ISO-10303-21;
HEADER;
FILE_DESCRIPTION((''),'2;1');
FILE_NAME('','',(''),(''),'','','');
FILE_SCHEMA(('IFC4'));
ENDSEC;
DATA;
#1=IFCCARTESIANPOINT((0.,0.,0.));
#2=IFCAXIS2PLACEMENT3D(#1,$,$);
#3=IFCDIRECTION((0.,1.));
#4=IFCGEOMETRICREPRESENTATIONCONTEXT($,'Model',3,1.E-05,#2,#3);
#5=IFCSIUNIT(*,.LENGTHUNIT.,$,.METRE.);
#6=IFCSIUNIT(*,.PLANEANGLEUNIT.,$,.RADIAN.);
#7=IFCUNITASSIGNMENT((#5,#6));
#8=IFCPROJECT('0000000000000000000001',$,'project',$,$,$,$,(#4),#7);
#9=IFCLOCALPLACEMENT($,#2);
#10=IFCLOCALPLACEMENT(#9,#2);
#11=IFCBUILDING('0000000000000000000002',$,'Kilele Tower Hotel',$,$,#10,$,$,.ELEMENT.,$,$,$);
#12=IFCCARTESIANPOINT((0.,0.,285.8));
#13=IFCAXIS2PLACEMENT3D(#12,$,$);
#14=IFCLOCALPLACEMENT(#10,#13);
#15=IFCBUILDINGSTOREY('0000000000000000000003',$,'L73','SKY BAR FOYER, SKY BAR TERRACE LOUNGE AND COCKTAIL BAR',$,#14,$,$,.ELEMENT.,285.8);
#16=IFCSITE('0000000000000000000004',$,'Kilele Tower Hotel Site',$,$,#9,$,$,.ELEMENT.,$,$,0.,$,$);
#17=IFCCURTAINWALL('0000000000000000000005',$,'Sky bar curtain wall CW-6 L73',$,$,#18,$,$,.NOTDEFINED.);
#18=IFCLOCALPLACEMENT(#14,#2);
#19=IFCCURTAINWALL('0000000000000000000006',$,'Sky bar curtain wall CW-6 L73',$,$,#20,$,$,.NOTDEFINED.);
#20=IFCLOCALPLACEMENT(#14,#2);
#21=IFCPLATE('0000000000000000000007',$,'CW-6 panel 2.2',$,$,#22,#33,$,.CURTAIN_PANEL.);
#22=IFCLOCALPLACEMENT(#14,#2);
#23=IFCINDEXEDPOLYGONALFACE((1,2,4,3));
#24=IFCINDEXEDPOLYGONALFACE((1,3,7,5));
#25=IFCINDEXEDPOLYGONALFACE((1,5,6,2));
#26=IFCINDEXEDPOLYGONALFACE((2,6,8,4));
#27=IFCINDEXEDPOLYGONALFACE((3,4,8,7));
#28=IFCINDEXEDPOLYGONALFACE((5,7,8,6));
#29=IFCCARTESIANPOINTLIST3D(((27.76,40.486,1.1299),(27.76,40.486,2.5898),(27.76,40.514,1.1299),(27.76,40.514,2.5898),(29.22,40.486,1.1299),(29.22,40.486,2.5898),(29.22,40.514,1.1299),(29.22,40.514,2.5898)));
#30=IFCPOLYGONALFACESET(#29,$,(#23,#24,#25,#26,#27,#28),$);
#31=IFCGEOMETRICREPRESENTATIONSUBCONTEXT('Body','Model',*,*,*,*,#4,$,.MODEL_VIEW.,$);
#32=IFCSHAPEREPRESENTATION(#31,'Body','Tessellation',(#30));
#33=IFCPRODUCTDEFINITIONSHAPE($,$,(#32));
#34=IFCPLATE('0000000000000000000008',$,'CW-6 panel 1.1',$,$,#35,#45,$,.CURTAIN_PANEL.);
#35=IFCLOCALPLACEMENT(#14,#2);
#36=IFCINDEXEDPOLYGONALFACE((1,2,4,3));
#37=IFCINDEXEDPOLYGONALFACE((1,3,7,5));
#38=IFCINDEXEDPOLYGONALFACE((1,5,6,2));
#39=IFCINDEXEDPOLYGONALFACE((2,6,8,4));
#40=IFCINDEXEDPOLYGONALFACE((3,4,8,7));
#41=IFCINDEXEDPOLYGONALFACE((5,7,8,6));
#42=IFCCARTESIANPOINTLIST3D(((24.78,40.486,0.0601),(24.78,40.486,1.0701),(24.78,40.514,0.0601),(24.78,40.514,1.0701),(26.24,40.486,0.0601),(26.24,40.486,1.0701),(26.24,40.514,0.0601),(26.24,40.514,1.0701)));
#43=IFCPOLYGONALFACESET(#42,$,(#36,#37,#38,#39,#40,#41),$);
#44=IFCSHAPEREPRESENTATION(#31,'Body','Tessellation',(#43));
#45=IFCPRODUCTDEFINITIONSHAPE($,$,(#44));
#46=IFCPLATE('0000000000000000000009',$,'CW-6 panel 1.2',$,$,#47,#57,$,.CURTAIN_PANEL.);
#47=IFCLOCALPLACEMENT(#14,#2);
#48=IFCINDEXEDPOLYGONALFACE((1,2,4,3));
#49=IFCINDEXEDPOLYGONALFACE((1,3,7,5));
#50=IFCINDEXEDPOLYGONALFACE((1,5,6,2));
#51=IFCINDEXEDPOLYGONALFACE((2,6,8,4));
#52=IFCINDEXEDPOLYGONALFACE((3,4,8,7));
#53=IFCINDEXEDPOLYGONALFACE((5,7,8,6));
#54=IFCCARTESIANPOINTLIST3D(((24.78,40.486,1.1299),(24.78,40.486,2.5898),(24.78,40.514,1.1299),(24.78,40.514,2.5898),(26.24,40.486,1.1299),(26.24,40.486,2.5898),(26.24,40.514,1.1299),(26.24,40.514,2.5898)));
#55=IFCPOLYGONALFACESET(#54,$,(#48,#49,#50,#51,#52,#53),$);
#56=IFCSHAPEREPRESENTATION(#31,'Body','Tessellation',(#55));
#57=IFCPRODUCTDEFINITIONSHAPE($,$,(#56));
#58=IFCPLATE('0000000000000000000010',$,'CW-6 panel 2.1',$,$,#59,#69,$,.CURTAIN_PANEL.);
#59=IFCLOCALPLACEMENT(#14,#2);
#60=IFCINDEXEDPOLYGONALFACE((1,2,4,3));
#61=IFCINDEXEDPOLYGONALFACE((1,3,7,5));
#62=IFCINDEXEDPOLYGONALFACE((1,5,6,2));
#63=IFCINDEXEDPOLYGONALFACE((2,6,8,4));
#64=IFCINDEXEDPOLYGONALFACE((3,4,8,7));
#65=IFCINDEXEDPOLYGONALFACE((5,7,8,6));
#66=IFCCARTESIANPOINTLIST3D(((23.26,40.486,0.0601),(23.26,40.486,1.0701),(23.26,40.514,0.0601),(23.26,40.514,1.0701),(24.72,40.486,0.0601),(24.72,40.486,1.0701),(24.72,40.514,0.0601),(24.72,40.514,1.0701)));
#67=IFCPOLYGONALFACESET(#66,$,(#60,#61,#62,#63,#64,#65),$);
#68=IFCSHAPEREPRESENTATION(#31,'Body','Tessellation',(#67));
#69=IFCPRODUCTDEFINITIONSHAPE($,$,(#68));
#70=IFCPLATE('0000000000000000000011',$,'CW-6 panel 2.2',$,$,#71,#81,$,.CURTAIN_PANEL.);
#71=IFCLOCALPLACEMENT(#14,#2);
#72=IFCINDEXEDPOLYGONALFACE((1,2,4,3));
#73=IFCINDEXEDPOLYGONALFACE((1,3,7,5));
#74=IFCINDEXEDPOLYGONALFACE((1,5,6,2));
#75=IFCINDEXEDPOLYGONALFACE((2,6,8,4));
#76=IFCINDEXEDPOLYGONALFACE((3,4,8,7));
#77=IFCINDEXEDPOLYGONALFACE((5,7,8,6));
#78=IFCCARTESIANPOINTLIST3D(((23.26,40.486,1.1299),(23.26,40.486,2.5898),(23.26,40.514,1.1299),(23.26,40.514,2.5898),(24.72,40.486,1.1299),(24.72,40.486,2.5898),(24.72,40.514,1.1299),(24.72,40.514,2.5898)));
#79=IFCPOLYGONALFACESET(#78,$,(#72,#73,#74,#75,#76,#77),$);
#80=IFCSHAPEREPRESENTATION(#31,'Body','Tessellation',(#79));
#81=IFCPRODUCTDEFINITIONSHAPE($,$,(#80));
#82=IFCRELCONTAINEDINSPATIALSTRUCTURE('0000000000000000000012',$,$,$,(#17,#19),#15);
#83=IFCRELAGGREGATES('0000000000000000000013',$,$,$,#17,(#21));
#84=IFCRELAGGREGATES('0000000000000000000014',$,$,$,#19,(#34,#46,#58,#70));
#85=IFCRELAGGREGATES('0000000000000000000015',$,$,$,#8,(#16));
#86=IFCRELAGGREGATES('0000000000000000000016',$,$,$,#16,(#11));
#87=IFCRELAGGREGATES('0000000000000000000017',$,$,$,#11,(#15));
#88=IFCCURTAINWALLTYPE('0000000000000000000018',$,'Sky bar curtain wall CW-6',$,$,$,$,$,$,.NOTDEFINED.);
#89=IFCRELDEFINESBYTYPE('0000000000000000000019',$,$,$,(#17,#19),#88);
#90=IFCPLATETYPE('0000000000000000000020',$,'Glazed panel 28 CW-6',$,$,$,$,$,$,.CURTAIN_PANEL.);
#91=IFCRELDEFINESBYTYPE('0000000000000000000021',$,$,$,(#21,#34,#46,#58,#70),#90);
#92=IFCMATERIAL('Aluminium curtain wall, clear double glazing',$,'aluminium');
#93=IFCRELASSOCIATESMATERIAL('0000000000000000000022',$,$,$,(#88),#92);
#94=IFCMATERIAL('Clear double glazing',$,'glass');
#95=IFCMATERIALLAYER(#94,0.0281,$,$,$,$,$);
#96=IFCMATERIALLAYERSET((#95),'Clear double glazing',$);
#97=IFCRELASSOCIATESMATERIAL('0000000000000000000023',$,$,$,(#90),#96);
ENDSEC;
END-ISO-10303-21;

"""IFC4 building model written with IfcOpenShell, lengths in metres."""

from ifc_helpers import new_model, si_unit, direction, frame, origin, origin_2d, place, context, subcontext, project, spatial, rectangle, extrude, material, layer, layer_set, type_object, element, aggregate, save


model = new_model("IFC4")

# Units and contexts
model_context = context("Model", 3, precision=1e-05, world=origin(), true_north=direction((0.0, 1.0)))
body_context = subcontext(model_context, "Body", "Model", "MODEL_VIEW")
ifc_project = project(units=[si_unit("LENGTHUNIT", "METRE"), si_unit("PLANEANGLEUNIT", "RADIAN")], contexts=[model_context])

# Site, building, storey
site_placement = place(None, origin())
site = spatial("IfcSite", under=ifc_project, at=site_placement, Name="Kilele Tower Hotel Site", CompositionType="ELEMENT", RefElevation=0.0)
building_placement = place(site_placement, origin())
building = spatial("IfcBuilding", under=site, at=building_placement, Name="Kilele Tower Hotel", CompositionType="ELEMENT")
storey_placement = place(building_placement, frame((0.0, 0.0, 285.8)))
storey = spatial("IfcBuildingStorey", under=building, at=storey_placement, Name="L73", Description="SKY BAR FOYER, SKY BAR TERRACE LOUNGE AND COCKTAIL BAR", CompositionType="ELEMENT", Elevation=285.8)

# Shared definitions
ifc_material_1 = material(Name="Aluminium curtain wall, clear double glazing", Category="aluminium")
curtain_wall_type = type_object("IfcCurtainWallType", Name="Sky bar curtain wall CW-6", PredefinedType="NOTDEFINED", material=ifc_material_1)

# Curtain walls
curtain_wall_1_placement = place(storey_placement, origin())
curtain_wall_1 = element("IfcCurtainWall", 1, at=curtain_wall_1_placement, inside=storey, type_object=curtain_wall_type, Name="Sky bar curtain wall CW-6 L73", PredefinedType="NOTDEFINED")
curtain_wall_2_placement = place(storey_placement, origin())
curtain_wall_2 = element("IfcCurtainWall", 2, at=curtain_wall_2_placement, inside=storey, type_object=curtain_wall_type, Name="Sky bar curtain wall CW-6 L73", PredefinedType="NOTDEFINED")

# Plates
ifc_material_2 = material(Name="Clear double glazing", Category="glass")
ifc_layer = layer(ifc_material_2, 0.0281)
ifc_layer_set = layer_set([ifc_layer], Name="Clear double glazing")
plate_type = type_object("IfcPlateType", Name="Glazed panel 28 CW-6", PredefinedType="CURTAIN_PANEL", material=ifc_layer_set)
plate_1_placement = place(storey_placement, frame((28.49, 40.5, 1.1299), z_axis=(0.0, 0.0, 1.0), x_axis=(-1.0, 0.0, 0.0)))
plate_1 = element("IfcPlate", 3, at=plate_1_placement, type_object=plate_type, Name="CW-6 panel 2.2", PredefinedType="CURTAIN_PANEL", context=body_context, shape_type="SweptSolid", body=[
    extrude(rectangle(XDim=1.46, YDim=0.0281, at=origin_2d()), origin(), (0.0, 0.0, 1.0), 1.46),
])
aggregate(curtain_wall_1, [plate_1])
plate_2_placement = place(storey_placement, frame((25.51, 40.5, 0.0601), z_axis=(0.0, 0.0, 1.0), x_axis=(-1.0, 0.0, 0.0)))
plate_2 = element("IfcPlate", 4, at=plate_2_placement, type_object=plate_type, Name="CW-6 panel 1.1", PredefinedType="CURTAIN_PANEL", context=body_context, shape_type="SweptSolid", body=[
    extrude(rectangle(XDim=1.46, YDim=0.0281, at=origin_2d()), origin(), (0.0, 0.0, 1.0), 1.01),
])
plate_3_placement = place(storey_placement, frame((25.51, 40.5, 1.1299), z_axis=(0.0, 0.0, 1.0), x_axis=(-1.0, 0.0, 0.0)))
plate_3 = element("IfcPlate", 5, at=plate_3_placement, type_object=plate_type, Name="CW-6 panel 1.2", PredefinedType="CURTAIN_PANEL", context=body_context, shape_type="SweptSolid", body=[
    extrude(rectangle(XDim=1.46, YDim=0.0281, at=origin_2d()), origin(), (0.0, 0.0, 1.0), 1.46),
])
plate_4_placement = place(storey_placement, frame((23.99, 40.5, 0.0601), z_axis=(0.0, 0.0, 1.0), x_axis=(-1.0, 0.0, 0.0)))
plate_4 = element("IfcPlate", 6, at=plate_4_placement, type_object=plate_type, Name="CW-6 panel 2.1", PredefinedType="CURTAIN_PANEL", context=body_context, shape_type="SweptSolid", body=[
    extrude(rectangle(XDim=1.46, YDim=0.0281, at=origin_2d()), origin(), (0.0, 0.0, 1.0), 1.01),
])
plate_5_placement = place(storey_placement, frame((23.99, 40.5, 1.1299), z_axis=(0.0, 0.0, 1.0), x_axis=(-1.0, 0.0, 0.0)))
plate_5 = element("IfcPlate", 7, at=plate_5_placement, type_object=plate_type, Name="CW-6 panel 2.2", PredefinedType="CURTAIN_PANEL", context=body_context, shape_type="SweptSolid", body=[
    extrude(rectangle(XDim=1.46, YDim=0.0281, at=origin_2d()), origin(), (0.0, 0.0, 1.0), 1.46),
])
aggregate(curtain_wall_2, [plate_2, plate_3, plate_4, plate_5])

save(model, "model.ifc")
